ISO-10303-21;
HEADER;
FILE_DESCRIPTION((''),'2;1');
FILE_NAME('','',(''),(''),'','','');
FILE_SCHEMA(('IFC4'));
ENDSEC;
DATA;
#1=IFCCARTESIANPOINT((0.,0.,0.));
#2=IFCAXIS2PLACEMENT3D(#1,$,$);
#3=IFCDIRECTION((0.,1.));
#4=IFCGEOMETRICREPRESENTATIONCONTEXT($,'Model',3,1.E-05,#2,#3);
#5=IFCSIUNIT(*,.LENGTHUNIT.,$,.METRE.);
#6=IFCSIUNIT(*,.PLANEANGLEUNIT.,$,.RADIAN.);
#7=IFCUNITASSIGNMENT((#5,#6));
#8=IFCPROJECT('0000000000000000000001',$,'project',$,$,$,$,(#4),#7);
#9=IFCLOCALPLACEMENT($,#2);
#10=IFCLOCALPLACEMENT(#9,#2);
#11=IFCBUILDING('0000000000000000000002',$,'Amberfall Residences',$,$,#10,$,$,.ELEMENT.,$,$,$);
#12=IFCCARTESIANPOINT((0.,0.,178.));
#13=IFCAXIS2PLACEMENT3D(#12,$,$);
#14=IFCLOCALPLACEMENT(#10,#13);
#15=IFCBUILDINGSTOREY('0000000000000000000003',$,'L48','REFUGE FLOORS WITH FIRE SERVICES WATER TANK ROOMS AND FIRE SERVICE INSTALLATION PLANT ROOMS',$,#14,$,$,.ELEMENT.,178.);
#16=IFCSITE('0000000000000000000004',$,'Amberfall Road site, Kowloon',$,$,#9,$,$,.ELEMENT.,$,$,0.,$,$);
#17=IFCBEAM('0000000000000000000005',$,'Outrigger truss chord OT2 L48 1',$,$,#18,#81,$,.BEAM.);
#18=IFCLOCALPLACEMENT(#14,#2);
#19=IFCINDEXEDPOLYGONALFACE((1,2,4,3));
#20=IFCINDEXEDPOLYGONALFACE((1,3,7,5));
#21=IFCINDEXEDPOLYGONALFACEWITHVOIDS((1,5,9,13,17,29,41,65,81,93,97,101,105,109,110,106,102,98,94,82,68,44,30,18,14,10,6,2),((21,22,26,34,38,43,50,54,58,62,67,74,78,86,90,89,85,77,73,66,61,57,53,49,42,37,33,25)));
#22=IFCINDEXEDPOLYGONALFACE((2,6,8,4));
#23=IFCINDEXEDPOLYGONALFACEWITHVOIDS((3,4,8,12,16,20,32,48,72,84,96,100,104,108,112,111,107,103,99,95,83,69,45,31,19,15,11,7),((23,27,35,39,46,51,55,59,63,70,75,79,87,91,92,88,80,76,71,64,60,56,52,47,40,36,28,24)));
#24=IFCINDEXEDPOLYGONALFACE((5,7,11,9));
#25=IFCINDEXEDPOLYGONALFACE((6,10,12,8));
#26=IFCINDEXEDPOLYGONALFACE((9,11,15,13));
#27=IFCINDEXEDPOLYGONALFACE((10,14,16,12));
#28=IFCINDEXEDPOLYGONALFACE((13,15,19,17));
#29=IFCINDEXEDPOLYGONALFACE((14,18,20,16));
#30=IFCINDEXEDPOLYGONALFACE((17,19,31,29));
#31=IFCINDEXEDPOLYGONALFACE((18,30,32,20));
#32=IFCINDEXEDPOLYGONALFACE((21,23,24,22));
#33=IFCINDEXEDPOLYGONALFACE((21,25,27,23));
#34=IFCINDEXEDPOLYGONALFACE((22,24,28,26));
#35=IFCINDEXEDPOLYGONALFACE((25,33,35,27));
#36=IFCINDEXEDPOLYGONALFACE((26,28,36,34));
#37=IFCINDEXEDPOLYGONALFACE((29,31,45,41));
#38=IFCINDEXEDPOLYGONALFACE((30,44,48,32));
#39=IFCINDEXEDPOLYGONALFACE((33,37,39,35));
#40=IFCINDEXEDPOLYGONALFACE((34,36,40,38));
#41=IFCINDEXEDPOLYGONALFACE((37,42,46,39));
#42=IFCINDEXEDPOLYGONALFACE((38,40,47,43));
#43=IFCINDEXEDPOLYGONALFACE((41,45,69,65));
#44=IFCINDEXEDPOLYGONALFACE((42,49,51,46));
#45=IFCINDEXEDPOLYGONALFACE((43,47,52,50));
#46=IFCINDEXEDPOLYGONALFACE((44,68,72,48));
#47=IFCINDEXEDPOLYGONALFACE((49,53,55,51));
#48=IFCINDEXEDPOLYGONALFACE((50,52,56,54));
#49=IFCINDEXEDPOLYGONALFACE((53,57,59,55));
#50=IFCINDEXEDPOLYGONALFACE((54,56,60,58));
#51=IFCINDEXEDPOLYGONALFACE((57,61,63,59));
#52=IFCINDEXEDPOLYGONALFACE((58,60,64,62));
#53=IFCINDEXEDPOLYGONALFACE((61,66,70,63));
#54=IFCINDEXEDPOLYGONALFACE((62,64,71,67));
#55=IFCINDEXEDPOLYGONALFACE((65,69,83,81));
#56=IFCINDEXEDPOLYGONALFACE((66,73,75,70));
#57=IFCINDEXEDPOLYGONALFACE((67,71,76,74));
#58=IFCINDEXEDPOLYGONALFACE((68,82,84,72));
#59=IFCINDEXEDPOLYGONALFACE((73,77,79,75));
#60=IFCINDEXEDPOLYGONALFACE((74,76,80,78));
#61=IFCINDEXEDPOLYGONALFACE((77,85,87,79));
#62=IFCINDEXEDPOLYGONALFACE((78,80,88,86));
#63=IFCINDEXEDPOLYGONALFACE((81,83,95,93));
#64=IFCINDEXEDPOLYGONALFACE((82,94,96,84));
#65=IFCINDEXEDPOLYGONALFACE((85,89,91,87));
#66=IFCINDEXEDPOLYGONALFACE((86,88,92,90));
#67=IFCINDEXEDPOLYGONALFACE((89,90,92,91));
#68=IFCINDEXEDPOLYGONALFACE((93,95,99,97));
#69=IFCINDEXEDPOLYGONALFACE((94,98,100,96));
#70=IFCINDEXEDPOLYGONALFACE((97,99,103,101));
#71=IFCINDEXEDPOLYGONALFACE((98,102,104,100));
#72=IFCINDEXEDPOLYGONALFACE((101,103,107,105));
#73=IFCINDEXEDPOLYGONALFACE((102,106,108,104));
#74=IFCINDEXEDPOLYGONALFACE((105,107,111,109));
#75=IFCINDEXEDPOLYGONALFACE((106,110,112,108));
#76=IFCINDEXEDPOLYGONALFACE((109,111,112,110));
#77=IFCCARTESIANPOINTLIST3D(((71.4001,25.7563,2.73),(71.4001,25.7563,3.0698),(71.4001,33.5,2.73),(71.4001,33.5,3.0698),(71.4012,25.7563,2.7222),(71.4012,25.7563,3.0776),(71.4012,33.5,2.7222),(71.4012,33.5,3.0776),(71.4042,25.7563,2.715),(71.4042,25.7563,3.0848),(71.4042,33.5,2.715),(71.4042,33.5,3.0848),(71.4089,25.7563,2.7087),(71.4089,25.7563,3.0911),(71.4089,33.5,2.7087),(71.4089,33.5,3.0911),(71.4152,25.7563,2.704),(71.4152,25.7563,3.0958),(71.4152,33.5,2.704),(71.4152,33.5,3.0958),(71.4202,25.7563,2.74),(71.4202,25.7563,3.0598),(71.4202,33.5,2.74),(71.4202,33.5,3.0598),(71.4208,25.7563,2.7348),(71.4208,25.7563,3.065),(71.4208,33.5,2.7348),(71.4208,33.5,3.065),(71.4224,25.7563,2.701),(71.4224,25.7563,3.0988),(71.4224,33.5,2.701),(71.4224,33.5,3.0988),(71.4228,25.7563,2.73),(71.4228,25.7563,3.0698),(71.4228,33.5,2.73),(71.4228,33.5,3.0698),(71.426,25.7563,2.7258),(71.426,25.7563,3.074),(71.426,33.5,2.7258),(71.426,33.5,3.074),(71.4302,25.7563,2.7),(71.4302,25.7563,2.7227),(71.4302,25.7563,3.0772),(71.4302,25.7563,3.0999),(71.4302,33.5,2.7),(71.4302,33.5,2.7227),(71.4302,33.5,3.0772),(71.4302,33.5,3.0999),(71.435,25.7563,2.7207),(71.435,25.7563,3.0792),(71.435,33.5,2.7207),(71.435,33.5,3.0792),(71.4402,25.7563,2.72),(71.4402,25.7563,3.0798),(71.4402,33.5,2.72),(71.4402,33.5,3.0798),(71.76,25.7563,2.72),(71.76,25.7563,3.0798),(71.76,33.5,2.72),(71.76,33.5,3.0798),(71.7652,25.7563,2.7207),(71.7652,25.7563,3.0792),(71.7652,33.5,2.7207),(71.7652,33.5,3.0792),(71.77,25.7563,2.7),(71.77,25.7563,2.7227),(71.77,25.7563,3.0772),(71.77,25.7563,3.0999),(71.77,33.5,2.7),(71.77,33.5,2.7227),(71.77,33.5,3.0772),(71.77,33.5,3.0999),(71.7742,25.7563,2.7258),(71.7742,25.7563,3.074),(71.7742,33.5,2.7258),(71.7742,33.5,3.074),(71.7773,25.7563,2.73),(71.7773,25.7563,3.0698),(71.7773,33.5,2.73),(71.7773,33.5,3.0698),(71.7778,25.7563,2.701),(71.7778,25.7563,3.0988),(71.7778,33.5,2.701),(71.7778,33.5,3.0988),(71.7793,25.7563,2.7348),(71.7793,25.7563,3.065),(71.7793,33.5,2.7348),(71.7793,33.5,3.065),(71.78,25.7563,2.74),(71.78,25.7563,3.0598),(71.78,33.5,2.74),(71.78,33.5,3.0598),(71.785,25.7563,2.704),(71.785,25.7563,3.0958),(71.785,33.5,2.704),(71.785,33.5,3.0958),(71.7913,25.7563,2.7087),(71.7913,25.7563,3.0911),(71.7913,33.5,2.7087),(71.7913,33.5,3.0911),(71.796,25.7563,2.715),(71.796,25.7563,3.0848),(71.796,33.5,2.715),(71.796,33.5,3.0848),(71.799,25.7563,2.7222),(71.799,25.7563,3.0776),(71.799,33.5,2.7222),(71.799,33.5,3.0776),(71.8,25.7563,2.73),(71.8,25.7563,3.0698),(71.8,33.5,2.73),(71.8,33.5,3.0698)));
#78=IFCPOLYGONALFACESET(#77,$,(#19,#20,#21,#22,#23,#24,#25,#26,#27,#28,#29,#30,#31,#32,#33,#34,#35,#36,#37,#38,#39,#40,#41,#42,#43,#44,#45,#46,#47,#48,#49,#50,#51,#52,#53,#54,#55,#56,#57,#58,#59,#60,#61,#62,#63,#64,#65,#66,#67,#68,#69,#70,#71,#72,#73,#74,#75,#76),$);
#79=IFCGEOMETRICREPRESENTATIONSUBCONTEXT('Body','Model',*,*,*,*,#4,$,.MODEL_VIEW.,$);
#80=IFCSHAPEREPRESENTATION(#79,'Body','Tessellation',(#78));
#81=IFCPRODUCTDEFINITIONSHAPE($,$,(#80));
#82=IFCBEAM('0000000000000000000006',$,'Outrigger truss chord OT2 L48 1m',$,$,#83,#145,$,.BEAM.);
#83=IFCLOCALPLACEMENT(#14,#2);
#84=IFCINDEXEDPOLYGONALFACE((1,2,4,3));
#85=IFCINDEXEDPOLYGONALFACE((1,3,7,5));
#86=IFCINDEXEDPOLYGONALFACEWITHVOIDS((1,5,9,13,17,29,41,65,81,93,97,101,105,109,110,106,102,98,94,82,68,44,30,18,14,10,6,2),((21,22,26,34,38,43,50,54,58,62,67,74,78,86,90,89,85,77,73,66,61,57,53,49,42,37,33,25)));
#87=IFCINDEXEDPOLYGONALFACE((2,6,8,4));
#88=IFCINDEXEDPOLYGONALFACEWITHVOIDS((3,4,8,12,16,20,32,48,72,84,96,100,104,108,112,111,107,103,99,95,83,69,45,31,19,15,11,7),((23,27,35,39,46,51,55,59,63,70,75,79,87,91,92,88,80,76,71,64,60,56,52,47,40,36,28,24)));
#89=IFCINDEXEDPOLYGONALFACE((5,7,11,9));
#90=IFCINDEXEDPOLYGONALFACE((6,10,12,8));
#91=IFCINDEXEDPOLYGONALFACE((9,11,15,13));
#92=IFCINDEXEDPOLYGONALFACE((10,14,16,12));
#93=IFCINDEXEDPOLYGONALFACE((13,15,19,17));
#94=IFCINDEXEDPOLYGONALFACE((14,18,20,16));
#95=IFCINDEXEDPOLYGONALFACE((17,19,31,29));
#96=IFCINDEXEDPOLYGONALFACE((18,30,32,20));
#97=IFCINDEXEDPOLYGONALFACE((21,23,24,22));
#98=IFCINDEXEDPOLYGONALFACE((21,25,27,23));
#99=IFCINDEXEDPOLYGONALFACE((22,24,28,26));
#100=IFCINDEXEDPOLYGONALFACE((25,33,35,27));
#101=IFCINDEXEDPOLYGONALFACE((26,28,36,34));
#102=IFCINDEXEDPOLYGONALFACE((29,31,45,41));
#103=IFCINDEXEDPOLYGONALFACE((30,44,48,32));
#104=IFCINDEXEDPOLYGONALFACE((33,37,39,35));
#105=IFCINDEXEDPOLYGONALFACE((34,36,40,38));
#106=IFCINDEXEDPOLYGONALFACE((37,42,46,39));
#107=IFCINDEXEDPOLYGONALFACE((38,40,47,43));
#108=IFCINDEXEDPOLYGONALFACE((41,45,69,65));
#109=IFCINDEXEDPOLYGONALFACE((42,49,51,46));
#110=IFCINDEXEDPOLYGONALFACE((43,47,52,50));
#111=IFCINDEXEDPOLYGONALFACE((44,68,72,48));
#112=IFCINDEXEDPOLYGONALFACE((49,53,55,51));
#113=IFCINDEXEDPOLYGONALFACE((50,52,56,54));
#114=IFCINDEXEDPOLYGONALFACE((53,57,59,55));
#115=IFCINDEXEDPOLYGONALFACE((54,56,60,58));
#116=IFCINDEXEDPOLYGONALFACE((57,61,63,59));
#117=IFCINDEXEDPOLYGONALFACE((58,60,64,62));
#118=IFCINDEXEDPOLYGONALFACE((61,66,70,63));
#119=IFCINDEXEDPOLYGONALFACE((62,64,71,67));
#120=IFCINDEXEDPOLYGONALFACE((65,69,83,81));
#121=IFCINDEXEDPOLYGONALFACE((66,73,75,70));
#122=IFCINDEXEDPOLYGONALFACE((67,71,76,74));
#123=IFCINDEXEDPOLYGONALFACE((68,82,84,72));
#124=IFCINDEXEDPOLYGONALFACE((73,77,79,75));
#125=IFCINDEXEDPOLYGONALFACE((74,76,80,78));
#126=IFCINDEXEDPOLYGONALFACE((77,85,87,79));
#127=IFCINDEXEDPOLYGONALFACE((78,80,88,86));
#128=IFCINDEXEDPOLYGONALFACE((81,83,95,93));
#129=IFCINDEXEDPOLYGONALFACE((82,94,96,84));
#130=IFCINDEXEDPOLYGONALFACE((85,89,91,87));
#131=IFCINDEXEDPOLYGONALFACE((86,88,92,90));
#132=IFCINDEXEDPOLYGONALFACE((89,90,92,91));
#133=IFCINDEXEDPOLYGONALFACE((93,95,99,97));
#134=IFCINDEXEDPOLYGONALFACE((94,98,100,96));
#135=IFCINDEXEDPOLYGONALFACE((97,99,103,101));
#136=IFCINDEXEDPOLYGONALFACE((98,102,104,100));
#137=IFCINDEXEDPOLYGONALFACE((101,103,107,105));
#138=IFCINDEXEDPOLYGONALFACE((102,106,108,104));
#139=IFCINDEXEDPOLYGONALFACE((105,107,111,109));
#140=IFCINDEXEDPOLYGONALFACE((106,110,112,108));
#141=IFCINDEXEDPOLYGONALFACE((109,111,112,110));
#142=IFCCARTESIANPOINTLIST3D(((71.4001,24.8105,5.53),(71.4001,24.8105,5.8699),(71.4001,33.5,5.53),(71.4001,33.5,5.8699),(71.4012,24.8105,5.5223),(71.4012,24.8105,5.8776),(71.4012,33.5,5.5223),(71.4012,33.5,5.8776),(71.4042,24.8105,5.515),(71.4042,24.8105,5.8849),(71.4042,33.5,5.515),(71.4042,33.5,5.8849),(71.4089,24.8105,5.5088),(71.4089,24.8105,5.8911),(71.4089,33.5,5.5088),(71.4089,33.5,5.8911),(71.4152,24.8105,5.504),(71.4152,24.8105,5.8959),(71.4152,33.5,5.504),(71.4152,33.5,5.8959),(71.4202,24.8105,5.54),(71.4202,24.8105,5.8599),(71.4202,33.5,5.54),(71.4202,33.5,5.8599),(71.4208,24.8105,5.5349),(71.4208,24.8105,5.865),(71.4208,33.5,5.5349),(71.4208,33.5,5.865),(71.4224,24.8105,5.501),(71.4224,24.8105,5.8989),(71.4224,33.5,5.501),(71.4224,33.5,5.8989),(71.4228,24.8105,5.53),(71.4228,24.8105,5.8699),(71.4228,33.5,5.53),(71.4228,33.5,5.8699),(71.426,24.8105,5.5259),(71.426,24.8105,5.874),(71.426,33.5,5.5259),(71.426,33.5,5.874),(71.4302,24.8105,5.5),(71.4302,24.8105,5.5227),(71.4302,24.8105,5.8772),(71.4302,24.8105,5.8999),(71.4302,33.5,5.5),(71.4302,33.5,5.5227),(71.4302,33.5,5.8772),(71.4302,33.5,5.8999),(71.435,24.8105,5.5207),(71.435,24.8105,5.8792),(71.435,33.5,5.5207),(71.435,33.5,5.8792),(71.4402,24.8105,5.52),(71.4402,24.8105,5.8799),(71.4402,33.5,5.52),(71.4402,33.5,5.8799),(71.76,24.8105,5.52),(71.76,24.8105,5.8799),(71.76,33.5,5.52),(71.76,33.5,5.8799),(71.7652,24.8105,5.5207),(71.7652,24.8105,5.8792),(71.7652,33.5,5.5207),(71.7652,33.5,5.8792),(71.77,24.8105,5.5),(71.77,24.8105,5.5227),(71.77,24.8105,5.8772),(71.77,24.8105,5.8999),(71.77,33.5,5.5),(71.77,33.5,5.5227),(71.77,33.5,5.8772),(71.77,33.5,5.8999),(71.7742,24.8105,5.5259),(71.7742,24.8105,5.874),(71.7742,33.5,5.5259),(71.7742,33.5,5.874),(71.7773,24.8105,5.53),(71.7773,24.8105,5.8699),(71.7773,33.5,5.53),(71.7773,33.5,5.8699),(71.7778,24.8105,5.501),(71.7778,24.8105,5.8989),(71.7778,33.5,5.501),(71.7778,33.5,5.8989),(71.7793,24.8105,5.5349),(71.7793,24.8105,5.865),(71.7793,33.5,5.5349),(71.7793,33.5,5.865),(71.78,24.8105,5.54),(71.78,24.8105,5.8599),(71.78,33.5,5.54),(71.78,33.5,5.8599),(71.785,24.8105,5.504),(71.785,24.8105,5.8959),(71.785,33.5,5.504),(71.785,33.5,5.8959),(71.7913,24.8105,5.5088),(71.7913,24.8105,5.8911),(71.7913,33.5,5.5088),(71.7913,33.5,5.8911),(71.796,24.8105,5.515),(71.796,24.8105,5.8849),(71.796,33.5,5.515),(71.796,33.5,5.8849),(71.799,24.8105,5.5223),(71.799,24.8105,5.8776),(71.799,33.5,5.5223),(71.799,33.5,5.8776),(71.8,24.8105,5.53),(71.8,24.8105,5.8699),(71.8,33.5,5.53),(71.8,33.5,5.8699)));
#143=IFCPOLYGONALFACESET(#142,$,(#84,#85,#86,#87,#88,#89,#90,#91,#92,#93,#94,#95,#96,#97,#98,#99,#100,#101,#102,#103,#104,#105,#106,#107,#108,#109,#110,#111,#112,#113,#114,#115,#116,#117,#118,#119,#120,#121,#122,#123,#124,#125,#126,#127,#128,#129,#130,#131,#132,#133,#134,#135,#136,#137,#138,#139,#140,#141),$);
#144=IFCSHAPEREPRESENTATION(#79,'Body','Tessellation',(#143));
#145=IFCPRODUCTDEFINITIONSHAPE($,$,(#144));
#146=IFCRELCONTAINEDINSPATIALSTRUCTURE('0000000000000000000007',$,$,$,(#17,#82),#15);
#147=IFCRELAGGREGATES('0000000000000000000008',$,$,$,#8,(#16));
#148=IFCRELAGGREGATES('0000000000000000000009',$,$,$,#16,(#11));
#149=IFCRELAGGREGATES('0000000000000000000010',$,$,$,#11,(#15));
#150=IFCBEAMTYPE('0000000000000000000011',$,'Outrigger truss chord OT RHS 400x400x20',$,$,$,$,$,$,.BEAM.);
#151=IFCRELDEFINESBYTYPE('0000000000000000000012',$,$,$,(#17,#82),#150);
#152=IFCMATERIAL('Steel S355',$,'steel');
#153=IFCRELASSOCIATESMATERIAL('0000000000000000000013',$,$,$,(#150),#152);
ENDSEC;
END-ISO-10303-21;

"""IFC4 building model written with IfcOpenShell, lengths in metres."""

from ifc_helpers import new_model, si_unit, direction, frame, origin, origin_2d, place, context, subcontext, project, spatial, hollow_rectangle, extrude, material, material_profile, profile_set, type_object, element, save


model = new_model("IFC4")

# Units and contexts
model_context = context("Model", 3, precision=1e-05, world=origin(), true_north=direction((0.0, 1.0)))
body_context = subcontext(model_context, "Body", "Model", "MODEL_VIEW")
ifc_project = project(units=[si_unit("LENGTHUNIT", "METRE"), si_unit("PLANEANGLEUNIT", "RADIAN")], contexts=[model_context])

# Site, building, storey
site_placement = place(None, origin())
site = spatial("IfcSite", under=ifc_project, at=site_placement, Name="Amberfall Road site, Kowloon", CompositionType="ELEMENT", RefElevation=0.0)
building_placement = place(site_placement, origin())
building = spatial("IfcBuilding", under=site, at=building_placement, Name="Amberfall Residences", CompositionType="ELEMENT")
storey_placement = place(building_placement, frame((0.0, 0.0, 178.0)))
storey = spatial("IfcBuildingStorey", under=building, at=storey_placement, Name="L48", Description="REFUGE FLOORS WITH FIRE SERVICES WATER TANK ROOMS AND FIRE SERVICE INSTALLATION PLANT ROOMS", CompositionType="ELEMENT", Elevation=178.0)

# Shared definitions
ifc_material_1 = material(Name="Steel S355", Category="steel")

# Beams
ifc_material_profile_1 = material_profile(ifc_material_1, hollow_rectangle(XDim=0.3999, YDim=0.3999, WallThickness=0.02, InnerFilletRadius=0.02, OuterFilletRadius=0.03, at=origin_2d()), Name="RHS 400x400x20")
ifc_profile_set_1 = profile_set([ifc_material_profile_1], Name="Steel S355")
beam_type_1 = type_object("IfcBeamType", Name="Outrigger truss chord OT RHS 400x400x20", PredefinedType="BEAM", material=ifc_profile_set_1)
beam_1_placement = place(storey_placement, frame((71.6001, 25.7563, 2.8999), z_axis=(0.0, 1.0, 0.0), x_axis=(-1.0, 0.0, 0.0)))
element("IfcBeam", 1, at=beam_1_placement, inside=storey, type_object=beam_type_1, Name="Outrigger truss chord OT2 L48 1", PredefinedType="BEAM", context=body_context, shape_type="SweptSolid", body=[
    extrude(hollow_rectangle(XDim=0.3999, YDim=0.3999, WallThickness=0.02, InnerFilletRadius=0.02, OuterFilletRadius=0.03, at=origin_2d()), origin(), (0.0, 0.0, 1.0), 7.7437),
])
beam_2_placement = place(storey_placement, frame((71.6001, 24.8105, 5.7), z_axis=(0.0, 1.0, 0.0), x_axis=(-1.0, 0.0, 0.0)))
element("IfcBeam", 2, at=beam_2_placement, inside=storey, type_object=beam_type_1, Name="Outrigger truss chord OT2 L48 1m", PredefinedType="BEAM", context=body_context, shape_type="SweptSolid", body=[
    extrude(hollow_rectangle(XDim=0.3999, YDim=0.3999, WallThickness=0.02, InnerFilletRadius=0.02, OuterFilletRadius=0.03, at=origin_2d()), origin(), (0.0, 0.0, 1.0), 8.6895),
])

save(model, "model.ifc")
